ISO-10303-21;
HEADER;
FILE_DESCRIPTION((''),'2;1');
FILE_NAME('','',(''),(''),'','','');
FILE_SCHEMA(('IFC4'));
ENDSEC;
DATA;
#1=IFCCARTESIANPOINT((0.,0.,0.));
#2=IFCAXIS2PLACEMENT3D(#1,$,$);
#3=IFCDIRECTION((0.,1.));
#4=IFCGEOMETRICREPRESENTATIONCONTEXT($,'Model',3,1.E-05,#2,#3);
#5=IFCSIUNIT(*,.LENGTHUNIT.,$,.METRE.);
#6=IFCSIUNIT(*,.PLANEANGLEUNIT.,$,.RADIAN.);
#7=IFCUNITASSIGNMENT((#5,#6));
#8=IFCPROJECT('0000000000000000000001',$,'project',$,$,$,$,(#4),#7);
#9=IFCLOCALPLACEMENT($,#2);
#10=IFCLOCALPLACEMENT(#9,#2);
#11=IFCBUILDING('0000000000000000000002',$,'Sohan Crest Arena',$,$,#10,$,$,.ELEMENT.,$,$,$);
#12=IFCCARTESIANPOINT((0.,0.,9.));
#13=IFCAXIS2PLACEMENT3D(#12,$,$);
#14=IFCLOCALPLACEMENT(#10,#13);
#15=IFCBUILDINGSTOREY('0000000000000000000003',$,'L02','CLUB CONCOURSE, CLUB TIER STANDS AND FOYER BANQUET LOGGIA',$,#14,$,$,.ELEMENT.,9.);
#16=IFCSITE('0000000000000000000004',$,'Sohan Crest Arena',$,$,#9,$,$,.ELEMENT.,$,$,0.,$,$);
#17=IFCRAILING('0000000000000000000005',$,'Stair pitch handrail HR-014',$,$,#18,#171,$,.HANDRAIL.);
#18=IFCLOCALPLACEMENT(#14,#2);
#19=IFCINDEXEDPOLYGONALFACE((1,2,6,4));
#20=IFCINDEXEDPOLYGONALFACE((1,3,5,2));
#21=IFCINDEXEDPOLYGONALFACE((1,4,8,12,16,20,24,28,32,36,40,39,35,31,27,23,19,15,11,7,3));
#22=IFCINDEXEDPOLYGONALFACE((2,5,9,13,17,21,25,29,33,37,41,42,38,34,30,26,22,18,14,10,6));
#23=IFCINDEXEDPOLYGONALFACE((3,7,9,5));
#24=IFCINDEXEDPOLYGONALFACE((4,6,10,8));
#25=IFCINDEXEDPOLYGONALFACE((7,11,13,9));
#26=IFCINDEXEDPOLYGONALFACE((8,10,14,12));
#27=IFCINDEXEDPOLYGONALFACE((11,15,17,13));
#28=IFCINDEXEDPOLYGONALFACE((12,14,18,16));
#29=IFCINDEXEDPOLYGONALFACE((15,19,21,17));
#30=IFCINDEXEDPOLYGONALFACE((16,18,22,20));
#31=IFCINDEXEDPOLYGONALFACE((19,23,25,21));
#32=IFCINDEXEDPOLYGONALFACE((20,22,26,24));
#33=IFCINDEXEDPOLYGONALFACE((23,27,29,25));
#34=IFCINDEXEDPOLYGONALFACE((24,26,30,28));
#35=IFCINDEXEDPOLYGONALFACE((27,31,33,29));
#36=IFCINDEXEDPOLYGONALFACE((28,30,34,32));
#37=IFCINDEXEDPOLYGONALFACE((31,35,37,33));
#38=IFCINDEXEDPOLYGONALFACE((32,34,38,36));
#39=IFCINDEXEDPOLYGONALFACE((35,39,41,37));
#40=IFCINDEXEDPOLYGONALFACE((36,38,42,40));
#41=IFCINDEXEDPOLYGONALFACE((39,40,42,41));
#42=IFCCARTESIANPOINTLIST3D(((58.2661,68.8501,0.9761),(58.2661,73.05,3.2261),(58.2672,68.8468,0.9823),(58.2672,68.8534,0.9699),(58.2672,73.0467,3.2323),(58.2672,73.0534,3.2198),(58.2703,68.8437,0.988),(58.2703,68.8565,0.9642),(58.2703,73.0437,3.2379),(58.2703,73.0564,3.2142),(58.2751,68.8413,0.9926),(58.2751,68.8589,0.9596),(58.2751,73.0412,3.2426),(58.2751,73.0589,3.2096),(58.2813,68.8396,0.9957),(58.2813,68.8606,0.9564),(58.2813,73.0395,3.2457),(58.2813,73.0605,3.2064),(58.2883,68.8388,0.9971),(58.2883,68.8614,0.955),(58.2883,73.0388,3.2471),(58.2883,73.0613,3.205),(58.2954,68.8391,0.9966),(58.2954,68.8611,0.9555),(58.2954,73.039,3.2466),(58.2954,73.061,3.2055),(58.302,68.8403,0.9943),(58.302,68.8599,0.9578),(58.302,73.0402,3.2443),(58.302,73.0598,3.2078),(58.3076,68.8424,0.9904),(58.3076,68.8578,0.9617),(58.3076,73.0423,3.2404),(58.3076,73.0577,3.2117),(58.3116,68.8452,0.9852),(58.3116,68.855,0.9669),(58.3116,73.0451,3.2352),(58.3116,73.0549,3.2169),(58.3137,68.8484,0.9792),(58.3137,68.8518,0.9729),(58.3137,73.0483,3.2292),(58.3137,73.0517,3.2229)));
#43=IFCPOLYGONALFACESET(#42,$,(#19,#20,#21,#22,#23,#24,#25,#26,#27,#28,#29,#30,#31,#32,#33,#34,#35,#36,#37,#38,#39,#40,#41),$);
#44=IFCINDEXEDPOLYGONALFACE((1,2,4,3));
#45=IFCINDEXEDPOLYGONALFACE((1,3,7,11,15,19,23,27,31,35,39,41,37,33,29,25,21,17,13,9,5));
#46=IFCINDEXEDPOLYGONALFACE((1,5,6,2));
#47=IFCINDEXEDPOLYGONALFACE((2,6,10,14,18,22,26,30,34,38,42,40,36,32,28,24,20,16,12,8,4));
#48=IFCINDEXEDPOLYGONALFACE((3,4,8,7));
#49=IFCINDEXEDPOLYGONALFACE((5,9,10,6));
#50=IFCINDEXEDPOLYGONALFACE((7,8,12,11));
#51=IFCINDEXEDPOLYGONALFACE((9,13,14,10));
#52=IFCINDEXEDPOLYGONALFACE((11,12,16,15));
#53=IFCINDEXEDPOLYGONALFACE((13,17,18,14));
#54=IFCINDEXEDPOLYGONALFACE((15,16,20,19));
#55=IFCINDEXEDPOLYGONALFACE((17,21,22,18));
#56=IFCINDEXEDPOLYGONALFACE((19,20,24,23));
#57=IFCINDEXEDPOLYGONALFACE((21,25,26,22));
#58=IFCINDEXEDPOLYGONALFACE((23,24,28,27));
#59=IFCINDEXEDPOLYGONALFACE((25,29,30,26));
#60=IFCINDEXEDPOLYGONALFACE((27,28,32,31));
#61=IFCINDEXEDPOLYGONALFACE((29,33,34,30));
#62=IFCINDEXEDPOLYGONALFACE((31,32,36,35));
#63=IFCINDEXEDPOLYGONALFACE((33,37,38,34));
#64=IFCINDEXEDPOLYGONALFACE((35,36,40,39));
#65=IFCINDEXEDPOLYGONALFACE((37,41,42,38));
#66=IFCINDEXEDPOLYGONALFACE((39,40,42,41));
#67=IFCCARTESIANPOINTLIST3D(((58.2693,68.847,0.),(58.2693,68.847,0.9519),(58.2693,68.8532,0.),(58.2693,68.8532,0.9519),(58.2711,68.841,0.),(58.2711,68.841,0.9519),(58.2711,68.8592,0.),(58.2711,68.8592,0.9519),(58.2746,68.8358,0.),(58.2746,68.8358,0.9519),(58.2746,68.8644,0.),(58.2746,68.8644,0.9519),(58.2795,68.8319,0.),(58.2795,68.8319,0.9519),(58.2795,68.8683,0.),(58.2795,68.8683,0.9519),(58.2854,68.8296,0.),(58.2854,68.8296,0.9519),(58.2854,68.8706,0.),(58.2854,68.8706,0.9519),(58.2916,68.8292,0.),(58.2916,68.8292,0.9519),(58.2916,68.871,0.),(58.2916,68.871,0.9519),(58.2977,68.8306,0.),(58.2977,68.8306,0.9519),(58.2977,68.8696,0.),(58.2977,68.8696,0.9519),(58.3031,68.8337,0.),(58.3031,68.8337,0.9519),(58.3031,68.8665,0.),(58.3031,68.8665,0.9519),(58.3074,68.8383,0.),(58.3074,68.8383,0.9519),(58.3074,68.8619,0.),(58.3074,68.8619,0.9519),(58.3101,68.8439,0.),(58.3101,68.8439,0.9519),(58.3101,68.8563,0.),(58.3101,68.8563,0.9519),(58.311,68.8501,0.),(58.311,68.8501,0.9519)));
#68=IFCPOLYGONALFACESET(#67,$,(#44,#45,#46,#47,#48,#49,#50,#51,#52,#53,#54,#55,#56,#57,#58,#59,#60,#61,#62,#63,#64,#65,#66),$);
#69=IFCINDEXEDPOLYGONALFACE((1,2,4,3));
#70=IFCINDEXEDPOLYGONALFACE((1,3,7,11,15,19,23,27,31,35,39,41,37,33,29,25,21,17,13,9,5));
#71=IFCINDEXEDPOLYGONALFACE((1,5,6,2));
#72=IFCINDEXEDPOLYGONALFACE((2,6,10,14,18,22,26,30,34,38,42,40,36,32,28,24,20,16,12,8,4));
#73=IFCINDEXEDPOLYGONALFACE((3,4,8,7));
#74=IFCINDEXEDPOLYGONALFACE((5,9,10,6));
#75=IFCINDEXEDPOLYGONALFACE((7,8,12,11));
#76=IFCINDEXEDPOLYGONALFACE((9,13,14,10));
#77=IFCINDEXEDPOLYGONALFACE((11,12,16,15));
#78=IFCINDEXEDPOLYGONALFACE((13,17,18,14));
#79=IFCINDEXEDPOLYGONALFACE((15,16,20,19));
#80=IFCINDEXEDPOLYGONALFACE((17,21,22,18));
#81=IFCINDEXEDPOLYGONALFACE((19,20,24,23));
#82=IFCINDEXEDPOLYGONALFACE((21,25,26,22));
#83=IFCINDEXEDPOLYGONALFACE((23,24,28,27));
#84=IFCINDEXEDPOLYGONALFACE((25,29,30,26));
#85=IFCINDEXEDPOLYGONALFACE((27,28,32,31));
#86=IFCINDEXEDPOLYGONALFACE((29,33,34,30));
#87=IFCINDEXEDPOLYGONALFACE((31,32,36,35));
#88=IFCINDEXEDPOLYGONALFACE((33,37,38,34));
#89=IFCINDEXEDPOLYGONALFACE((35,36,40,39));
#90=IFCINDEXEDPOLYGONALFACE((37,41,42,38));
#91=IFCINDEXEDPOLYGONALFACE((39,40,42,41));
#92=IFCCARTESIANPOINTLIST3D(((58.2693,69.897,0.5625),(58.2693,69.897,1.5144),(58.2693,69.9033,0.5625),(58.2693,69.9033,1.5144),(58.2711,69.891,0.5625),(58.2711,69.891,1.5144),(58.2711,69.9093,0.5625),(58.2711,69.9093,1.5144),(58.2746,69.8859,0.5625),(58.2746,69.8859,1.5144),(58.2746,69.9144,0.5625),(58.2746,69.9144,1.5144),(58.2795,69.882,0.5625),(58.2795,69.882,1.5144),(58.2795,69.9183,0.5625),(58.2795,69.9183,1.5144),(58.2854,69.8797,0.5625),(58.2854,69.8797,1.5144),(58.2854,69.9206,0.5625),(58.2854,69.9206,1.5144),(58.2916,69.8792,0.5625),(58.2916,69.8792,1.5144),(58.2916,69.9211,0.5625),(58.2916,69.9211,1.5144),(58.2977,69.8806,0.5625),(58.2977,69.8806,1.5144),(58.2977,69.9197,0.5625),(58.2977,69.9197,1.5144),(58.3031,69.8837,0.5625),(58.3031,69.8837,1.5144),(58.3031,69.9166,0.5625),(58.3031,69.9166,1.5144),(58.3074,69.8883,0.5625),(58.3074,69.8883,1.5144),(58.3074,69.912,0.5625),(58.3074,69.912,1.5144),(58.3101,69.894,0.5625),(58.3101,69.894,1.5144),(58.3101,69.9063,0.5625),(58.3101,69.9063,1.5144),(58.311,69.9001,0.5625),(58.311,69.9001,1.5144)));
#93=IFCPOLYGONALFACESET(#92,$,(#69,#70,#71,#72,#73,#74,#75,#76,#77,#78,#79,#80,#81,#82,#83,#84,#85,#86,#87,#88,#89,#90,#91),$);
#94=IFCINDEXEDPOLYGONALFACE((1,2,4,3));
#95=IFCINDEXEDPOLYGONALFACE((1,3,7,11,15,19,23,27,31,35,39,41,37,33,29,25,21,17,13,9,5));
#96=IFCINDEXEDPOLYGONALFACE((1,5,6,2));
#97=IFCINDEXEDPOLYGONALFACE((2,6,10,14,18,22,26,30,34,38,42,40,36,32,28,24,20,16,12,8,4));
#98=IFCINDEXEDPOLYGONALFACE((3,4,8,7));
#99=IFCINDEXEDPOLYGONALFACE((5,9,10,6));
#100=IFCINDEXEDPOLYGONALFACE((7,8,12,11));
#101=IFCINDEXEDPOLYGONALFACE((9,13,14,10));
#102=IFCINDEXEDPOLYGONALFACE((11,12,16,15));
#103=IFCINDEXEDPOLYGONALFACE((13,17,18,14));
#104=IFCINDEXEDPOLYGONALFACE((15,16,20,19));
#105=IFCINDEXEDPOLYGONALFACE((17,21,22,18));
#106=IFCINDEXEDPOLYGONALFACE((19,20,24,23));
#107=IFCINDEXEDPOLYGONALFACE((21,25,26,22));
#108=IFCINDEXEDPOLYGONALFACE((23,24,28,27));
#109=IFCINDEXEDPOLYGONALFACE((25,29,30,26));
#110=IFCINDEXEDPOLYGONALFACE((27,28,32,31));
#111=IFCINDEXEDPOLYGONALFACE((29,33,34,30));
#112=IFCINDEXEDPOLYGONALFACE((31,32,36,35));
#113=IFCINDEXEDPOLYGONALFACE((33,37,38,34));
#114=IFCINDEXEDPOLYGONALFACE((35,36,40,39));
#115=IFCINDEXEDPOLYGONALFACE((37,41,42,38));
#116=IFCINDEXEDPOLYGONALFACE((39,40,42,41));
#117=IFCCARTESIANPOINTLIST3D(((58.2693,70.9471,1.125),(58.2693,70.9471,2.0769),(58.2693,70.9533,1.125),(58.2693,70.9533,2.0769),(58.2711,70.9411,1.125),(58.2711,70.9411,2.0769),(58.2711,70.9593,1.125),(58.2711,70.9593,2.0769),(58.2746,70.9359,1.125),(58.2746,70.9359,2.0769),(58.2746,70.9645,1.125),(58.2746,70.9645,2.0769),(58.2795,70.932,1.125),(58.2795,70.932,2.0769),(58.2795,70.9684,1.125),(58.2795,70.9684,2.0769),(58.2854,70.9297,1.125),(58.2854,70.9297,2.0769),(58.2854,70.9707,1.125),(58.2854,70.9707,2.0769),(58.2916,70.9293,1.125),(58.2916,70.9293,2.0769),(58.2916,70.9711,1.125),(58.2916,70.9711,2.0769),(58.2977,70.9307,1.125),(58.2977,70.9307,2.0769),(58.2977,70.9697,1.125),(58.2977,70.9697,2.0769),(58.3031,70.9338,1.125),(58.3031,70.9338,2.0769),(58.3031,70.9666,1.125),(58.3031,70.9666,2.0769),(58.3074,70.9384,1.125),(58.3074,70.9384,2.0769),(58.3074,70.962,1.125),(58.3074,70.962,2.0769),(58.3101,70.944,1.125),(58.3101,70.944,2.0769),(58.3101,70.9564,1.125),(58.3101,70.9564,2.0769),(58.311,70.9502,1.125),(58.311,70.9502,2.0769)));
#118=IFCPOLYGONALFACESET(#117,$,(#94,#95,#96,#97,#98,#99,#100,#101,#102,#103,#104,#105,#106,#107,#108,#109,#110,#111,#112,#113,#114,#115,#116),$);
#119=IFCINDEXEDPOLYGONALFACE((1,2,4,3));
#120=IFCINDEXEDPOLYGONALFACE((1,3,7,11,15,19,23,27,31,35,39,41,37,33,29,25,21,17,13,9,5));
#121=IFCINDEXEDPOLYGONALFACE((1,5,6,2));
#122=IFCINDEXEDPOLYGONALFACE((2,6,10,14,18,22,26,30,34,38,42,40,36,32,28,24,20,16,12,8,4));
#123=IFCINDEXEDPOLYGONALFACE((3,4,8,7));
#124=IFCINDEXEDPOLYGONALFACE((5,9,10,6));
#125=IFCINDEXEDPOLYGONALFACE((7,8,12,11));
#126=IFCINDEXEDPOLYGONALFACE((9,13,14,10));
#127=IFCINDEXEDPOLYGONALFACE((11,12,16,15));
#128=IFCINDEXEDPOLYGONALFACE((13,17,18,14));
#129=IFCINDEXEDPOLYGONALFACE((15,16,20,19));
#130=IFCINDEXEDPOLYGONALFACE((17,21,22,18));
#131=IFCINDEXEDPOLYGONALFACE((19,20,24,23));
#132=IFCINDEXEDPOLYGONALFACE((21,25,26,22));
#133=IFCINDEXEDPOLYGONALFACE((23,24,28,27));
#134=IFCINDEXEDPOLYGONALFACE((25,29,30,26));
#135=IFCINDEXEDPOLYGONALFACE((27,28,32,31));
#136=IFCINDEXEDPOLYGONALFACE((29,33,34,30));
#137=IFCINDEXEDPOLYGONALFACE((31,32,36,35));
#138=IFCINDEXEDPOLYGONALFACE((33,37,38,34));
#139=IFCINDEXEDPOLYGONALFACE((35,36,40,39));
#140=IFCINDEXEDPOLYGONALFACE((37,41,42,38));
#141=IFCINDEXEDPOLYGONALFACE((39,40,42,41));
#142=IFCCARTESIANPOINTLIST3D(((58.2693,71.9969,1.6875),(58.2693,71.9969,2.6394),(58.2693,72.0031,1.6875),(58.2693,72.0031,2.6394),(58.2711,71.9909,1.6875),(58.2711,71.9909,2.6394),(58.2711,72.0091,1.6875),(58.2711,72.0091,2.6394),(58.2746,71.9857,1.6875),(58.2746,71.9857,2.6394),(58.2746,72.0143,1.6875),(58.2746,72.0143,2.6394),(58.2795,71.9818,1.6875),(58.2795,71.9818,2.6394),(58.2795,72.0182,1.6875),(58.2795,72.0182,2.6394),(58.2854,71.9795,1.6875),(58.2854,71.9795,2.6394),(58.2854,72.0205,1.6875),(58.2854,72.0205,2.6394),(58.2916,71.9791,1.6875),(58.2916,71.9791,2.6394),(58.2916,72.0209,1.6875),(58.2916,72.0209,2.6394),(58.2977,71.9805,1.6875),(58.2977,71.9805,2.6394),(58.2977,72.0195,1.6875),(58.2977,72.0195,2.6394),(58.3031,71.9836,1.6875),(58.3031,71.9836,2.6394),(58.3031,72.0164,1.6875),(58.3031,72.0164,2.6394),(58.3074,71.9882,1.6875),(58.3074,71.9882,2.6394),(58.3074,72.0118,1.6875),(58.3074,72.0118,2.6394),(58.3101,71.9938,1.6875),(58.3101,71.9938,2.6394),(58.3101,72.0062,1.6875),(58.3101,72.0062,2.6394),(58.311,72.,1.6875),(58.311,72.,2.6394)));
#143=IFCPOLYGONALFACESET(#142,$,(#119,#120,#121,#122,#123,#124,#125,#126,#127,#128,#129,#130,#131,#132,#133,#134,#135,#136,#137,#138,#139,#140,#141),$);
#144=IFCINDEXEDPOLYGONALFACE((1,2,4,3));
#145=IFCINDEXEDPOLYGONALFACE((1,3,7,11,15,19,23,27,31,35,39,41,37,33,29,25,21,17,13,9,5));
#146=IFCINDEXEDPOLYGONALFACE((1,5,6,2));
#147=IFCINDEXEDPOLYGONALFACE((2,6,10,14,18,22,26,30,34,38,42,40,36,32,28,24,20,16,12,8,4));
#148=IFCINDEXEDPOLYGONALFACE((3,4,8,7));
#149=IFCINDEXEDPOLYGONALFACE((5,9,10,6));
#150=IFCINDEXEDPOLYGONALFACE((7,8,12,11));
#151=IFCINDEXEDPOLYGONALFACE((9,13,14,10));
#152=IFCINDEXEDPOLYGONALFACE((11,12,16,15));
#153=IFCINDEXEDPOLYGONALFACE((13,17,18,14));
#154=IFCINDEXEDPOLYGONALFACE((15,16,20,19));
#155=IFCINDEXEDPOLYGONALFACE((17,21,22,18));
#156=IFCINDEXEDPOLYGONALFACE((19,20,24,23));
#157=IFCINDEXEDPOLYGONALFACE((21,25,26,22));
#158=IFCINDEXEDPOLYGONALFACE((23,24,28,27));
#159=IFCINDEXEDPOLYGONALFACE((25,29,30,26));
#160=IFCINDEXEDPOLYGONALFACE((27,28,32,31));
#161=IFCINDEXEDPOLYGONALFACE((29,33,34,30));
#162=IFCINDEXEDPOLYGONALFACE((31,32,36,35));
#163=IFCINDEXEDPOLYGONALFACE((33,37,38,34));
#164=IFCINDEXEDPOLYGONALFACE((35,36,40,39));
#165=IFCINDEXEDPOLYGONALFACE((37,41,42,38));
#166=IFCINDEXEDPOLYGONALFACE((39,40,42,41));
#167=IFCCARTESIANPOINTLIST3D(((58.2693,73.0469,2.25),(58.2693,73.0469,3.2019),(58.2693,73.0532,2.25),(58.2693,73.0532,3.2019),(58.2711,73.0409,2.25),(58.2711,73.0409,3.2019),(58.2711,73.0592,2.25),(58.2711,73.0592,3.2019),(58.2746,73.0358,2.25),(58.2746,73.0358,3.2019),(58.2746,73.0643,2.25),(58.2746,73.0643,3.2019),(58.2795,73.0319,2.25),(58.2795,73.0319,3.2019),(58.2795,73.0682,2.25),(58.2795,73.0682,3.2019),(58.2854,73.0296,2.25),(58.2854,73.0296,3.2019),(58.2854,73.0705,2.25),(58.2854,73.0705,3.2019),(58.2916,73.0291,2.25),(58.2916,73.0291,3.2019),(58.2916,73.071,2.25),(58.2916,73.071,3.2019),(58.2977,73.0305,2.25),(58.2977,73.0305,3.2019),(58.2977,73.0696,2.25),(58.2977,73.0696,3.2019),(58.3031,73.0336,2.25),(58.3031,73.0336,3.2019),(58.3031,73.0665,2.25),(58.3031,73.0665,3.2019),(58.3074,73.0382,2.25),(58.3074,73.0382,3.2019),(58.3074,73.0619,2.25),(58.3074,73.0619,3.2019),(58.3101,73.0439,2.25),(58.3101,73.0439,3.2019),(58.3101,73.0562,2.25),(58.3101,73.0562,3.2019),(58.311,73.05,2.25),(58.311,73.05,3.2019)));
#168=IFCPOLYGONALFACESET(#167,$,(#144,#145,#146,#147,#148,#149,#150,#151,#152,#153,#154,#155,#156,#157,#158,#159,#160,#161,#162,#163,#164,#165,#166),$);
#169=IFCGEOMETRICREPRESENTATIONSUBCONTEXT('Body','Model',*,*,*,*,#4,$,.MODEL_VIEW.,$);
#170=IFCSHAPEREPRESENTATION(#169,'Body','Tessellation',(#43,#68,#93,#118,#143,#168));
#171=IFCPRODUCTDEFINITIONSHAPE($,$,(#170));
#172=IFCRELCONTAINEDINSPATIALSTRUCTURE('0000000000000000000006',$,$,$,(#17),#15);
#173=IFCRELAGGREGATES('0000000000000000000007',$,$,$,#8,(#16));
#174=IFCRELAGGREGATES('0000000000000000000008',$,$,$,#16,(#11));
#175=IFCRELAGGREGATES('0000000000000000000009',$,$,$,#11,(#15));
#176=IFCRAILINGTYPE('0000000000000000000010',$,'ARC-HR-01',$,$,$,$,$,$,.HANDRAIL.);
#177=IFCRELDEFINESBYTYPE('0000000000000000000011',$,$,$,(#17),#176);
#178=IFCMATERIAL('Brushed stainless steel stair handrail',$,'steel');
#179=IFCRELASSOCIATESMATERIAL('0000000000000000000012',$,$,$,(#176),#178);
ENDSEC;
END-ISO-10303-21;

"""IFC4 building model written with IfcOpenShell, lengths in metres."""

from ifc_helpers import new_model, si_unit, direction, frame, origin, origin_2d, place, context, subcontext, project, spatial, circle, extrude, material, type_object, element, save


model = new_model("IFC4")

# Units and contexts
model_context = context("Model", 3, precision=1e-05, world=origin(), true_north=direction((0.0, 1.0)))
body_context = subcontext(model_context, "Body", "Model", "MODEL_VIEW")
ifc_project = project(units=[si_unit("LENGTHUNIT", "METRE"), si_unit("PLANEANGLEUNIT", "RADIAN")], contexts=[model_context])

# Site, building, storey
site_placement = place(None, origin())
site = spatial("IfcSite", under=ifc_project, at=site_placement, Name="Sohan Crest Arena", CompositionType="ELEMENT", RefElevation=0.0)
building_placement = place(site_placement, origin())
building = spatial("IfcBuilding", under=site, at=building_placement, Name="Sohan Crest Arena", CompositionType="ELEMENT")
storey_placement = place(building_placement, frame((0.0, 0.0, 9.0)))
storey = spatial("IfcBuildingStorey", under=building, at=storey_placement, Name="L02", Description="CLUB CONCOURSE, CLUB TIER STANDS AND FOYER BANQUET LOGGIA", CompositionType="ELEMENT", Elevation=9.0)

# Railing
ifc_material_1 = material(Name="Brushed stainless steel stair handrail", Category="steel")
railing_type = type_object("IfcRailingType", Name="ARC-HR-01", PredefinedType="HANDRAIL", material=ifc_material_1)
railing_placement = place(storey_placement, frame((58.29, 68.8501, 0.0)))
element("IfcRailing", 1, at=railing_placement, inside=storey, type_object=railing_type, Name="Stair pitch handrail HR-014", PredefinedType="HANDRAIL", context=body_context, shape_type="SweptSolid", body=[
    extrude(circle(Radius=0.0239, at=origin_2d()), frame((0.0, 0.0, 0.9761), z_axis=(0.0, 0.881478, 0.472226), x_axis=(-1.0, 0.0, 0.0)), (0.0, 0.0, 1.0), 4.7646),
    extrude(circle(Radius=0.021, at=origin_2d()), origin(), (0.0, 0.0, 1.0), 0.9519),
    extrude(circle(Radius=0.021, at=origin_2d()), frame((0.0, 1.05, 0.5625)), (0.0, 0.0, 1.0), 0.9519),
    extrude(circle(Radius=0.021, at=origin_2d()), frame((0.0, 2.1001, 1.125)), (0.0, 0.0, 1.0), 0.9519),
    extrude(circle(Radius=0.021, at=origin_2d()), frame((0.0, 3.1499, 1.6875)), (0.0, 0.0, 1.0), 0.9519),
    extrude(circle(Radius=0.021, at=origin_2d()), frame((0.0, 4.2, 2.25)), (0.0, 0.0, 1.0), 0.9519),
])

save(model, "model.ifc")
